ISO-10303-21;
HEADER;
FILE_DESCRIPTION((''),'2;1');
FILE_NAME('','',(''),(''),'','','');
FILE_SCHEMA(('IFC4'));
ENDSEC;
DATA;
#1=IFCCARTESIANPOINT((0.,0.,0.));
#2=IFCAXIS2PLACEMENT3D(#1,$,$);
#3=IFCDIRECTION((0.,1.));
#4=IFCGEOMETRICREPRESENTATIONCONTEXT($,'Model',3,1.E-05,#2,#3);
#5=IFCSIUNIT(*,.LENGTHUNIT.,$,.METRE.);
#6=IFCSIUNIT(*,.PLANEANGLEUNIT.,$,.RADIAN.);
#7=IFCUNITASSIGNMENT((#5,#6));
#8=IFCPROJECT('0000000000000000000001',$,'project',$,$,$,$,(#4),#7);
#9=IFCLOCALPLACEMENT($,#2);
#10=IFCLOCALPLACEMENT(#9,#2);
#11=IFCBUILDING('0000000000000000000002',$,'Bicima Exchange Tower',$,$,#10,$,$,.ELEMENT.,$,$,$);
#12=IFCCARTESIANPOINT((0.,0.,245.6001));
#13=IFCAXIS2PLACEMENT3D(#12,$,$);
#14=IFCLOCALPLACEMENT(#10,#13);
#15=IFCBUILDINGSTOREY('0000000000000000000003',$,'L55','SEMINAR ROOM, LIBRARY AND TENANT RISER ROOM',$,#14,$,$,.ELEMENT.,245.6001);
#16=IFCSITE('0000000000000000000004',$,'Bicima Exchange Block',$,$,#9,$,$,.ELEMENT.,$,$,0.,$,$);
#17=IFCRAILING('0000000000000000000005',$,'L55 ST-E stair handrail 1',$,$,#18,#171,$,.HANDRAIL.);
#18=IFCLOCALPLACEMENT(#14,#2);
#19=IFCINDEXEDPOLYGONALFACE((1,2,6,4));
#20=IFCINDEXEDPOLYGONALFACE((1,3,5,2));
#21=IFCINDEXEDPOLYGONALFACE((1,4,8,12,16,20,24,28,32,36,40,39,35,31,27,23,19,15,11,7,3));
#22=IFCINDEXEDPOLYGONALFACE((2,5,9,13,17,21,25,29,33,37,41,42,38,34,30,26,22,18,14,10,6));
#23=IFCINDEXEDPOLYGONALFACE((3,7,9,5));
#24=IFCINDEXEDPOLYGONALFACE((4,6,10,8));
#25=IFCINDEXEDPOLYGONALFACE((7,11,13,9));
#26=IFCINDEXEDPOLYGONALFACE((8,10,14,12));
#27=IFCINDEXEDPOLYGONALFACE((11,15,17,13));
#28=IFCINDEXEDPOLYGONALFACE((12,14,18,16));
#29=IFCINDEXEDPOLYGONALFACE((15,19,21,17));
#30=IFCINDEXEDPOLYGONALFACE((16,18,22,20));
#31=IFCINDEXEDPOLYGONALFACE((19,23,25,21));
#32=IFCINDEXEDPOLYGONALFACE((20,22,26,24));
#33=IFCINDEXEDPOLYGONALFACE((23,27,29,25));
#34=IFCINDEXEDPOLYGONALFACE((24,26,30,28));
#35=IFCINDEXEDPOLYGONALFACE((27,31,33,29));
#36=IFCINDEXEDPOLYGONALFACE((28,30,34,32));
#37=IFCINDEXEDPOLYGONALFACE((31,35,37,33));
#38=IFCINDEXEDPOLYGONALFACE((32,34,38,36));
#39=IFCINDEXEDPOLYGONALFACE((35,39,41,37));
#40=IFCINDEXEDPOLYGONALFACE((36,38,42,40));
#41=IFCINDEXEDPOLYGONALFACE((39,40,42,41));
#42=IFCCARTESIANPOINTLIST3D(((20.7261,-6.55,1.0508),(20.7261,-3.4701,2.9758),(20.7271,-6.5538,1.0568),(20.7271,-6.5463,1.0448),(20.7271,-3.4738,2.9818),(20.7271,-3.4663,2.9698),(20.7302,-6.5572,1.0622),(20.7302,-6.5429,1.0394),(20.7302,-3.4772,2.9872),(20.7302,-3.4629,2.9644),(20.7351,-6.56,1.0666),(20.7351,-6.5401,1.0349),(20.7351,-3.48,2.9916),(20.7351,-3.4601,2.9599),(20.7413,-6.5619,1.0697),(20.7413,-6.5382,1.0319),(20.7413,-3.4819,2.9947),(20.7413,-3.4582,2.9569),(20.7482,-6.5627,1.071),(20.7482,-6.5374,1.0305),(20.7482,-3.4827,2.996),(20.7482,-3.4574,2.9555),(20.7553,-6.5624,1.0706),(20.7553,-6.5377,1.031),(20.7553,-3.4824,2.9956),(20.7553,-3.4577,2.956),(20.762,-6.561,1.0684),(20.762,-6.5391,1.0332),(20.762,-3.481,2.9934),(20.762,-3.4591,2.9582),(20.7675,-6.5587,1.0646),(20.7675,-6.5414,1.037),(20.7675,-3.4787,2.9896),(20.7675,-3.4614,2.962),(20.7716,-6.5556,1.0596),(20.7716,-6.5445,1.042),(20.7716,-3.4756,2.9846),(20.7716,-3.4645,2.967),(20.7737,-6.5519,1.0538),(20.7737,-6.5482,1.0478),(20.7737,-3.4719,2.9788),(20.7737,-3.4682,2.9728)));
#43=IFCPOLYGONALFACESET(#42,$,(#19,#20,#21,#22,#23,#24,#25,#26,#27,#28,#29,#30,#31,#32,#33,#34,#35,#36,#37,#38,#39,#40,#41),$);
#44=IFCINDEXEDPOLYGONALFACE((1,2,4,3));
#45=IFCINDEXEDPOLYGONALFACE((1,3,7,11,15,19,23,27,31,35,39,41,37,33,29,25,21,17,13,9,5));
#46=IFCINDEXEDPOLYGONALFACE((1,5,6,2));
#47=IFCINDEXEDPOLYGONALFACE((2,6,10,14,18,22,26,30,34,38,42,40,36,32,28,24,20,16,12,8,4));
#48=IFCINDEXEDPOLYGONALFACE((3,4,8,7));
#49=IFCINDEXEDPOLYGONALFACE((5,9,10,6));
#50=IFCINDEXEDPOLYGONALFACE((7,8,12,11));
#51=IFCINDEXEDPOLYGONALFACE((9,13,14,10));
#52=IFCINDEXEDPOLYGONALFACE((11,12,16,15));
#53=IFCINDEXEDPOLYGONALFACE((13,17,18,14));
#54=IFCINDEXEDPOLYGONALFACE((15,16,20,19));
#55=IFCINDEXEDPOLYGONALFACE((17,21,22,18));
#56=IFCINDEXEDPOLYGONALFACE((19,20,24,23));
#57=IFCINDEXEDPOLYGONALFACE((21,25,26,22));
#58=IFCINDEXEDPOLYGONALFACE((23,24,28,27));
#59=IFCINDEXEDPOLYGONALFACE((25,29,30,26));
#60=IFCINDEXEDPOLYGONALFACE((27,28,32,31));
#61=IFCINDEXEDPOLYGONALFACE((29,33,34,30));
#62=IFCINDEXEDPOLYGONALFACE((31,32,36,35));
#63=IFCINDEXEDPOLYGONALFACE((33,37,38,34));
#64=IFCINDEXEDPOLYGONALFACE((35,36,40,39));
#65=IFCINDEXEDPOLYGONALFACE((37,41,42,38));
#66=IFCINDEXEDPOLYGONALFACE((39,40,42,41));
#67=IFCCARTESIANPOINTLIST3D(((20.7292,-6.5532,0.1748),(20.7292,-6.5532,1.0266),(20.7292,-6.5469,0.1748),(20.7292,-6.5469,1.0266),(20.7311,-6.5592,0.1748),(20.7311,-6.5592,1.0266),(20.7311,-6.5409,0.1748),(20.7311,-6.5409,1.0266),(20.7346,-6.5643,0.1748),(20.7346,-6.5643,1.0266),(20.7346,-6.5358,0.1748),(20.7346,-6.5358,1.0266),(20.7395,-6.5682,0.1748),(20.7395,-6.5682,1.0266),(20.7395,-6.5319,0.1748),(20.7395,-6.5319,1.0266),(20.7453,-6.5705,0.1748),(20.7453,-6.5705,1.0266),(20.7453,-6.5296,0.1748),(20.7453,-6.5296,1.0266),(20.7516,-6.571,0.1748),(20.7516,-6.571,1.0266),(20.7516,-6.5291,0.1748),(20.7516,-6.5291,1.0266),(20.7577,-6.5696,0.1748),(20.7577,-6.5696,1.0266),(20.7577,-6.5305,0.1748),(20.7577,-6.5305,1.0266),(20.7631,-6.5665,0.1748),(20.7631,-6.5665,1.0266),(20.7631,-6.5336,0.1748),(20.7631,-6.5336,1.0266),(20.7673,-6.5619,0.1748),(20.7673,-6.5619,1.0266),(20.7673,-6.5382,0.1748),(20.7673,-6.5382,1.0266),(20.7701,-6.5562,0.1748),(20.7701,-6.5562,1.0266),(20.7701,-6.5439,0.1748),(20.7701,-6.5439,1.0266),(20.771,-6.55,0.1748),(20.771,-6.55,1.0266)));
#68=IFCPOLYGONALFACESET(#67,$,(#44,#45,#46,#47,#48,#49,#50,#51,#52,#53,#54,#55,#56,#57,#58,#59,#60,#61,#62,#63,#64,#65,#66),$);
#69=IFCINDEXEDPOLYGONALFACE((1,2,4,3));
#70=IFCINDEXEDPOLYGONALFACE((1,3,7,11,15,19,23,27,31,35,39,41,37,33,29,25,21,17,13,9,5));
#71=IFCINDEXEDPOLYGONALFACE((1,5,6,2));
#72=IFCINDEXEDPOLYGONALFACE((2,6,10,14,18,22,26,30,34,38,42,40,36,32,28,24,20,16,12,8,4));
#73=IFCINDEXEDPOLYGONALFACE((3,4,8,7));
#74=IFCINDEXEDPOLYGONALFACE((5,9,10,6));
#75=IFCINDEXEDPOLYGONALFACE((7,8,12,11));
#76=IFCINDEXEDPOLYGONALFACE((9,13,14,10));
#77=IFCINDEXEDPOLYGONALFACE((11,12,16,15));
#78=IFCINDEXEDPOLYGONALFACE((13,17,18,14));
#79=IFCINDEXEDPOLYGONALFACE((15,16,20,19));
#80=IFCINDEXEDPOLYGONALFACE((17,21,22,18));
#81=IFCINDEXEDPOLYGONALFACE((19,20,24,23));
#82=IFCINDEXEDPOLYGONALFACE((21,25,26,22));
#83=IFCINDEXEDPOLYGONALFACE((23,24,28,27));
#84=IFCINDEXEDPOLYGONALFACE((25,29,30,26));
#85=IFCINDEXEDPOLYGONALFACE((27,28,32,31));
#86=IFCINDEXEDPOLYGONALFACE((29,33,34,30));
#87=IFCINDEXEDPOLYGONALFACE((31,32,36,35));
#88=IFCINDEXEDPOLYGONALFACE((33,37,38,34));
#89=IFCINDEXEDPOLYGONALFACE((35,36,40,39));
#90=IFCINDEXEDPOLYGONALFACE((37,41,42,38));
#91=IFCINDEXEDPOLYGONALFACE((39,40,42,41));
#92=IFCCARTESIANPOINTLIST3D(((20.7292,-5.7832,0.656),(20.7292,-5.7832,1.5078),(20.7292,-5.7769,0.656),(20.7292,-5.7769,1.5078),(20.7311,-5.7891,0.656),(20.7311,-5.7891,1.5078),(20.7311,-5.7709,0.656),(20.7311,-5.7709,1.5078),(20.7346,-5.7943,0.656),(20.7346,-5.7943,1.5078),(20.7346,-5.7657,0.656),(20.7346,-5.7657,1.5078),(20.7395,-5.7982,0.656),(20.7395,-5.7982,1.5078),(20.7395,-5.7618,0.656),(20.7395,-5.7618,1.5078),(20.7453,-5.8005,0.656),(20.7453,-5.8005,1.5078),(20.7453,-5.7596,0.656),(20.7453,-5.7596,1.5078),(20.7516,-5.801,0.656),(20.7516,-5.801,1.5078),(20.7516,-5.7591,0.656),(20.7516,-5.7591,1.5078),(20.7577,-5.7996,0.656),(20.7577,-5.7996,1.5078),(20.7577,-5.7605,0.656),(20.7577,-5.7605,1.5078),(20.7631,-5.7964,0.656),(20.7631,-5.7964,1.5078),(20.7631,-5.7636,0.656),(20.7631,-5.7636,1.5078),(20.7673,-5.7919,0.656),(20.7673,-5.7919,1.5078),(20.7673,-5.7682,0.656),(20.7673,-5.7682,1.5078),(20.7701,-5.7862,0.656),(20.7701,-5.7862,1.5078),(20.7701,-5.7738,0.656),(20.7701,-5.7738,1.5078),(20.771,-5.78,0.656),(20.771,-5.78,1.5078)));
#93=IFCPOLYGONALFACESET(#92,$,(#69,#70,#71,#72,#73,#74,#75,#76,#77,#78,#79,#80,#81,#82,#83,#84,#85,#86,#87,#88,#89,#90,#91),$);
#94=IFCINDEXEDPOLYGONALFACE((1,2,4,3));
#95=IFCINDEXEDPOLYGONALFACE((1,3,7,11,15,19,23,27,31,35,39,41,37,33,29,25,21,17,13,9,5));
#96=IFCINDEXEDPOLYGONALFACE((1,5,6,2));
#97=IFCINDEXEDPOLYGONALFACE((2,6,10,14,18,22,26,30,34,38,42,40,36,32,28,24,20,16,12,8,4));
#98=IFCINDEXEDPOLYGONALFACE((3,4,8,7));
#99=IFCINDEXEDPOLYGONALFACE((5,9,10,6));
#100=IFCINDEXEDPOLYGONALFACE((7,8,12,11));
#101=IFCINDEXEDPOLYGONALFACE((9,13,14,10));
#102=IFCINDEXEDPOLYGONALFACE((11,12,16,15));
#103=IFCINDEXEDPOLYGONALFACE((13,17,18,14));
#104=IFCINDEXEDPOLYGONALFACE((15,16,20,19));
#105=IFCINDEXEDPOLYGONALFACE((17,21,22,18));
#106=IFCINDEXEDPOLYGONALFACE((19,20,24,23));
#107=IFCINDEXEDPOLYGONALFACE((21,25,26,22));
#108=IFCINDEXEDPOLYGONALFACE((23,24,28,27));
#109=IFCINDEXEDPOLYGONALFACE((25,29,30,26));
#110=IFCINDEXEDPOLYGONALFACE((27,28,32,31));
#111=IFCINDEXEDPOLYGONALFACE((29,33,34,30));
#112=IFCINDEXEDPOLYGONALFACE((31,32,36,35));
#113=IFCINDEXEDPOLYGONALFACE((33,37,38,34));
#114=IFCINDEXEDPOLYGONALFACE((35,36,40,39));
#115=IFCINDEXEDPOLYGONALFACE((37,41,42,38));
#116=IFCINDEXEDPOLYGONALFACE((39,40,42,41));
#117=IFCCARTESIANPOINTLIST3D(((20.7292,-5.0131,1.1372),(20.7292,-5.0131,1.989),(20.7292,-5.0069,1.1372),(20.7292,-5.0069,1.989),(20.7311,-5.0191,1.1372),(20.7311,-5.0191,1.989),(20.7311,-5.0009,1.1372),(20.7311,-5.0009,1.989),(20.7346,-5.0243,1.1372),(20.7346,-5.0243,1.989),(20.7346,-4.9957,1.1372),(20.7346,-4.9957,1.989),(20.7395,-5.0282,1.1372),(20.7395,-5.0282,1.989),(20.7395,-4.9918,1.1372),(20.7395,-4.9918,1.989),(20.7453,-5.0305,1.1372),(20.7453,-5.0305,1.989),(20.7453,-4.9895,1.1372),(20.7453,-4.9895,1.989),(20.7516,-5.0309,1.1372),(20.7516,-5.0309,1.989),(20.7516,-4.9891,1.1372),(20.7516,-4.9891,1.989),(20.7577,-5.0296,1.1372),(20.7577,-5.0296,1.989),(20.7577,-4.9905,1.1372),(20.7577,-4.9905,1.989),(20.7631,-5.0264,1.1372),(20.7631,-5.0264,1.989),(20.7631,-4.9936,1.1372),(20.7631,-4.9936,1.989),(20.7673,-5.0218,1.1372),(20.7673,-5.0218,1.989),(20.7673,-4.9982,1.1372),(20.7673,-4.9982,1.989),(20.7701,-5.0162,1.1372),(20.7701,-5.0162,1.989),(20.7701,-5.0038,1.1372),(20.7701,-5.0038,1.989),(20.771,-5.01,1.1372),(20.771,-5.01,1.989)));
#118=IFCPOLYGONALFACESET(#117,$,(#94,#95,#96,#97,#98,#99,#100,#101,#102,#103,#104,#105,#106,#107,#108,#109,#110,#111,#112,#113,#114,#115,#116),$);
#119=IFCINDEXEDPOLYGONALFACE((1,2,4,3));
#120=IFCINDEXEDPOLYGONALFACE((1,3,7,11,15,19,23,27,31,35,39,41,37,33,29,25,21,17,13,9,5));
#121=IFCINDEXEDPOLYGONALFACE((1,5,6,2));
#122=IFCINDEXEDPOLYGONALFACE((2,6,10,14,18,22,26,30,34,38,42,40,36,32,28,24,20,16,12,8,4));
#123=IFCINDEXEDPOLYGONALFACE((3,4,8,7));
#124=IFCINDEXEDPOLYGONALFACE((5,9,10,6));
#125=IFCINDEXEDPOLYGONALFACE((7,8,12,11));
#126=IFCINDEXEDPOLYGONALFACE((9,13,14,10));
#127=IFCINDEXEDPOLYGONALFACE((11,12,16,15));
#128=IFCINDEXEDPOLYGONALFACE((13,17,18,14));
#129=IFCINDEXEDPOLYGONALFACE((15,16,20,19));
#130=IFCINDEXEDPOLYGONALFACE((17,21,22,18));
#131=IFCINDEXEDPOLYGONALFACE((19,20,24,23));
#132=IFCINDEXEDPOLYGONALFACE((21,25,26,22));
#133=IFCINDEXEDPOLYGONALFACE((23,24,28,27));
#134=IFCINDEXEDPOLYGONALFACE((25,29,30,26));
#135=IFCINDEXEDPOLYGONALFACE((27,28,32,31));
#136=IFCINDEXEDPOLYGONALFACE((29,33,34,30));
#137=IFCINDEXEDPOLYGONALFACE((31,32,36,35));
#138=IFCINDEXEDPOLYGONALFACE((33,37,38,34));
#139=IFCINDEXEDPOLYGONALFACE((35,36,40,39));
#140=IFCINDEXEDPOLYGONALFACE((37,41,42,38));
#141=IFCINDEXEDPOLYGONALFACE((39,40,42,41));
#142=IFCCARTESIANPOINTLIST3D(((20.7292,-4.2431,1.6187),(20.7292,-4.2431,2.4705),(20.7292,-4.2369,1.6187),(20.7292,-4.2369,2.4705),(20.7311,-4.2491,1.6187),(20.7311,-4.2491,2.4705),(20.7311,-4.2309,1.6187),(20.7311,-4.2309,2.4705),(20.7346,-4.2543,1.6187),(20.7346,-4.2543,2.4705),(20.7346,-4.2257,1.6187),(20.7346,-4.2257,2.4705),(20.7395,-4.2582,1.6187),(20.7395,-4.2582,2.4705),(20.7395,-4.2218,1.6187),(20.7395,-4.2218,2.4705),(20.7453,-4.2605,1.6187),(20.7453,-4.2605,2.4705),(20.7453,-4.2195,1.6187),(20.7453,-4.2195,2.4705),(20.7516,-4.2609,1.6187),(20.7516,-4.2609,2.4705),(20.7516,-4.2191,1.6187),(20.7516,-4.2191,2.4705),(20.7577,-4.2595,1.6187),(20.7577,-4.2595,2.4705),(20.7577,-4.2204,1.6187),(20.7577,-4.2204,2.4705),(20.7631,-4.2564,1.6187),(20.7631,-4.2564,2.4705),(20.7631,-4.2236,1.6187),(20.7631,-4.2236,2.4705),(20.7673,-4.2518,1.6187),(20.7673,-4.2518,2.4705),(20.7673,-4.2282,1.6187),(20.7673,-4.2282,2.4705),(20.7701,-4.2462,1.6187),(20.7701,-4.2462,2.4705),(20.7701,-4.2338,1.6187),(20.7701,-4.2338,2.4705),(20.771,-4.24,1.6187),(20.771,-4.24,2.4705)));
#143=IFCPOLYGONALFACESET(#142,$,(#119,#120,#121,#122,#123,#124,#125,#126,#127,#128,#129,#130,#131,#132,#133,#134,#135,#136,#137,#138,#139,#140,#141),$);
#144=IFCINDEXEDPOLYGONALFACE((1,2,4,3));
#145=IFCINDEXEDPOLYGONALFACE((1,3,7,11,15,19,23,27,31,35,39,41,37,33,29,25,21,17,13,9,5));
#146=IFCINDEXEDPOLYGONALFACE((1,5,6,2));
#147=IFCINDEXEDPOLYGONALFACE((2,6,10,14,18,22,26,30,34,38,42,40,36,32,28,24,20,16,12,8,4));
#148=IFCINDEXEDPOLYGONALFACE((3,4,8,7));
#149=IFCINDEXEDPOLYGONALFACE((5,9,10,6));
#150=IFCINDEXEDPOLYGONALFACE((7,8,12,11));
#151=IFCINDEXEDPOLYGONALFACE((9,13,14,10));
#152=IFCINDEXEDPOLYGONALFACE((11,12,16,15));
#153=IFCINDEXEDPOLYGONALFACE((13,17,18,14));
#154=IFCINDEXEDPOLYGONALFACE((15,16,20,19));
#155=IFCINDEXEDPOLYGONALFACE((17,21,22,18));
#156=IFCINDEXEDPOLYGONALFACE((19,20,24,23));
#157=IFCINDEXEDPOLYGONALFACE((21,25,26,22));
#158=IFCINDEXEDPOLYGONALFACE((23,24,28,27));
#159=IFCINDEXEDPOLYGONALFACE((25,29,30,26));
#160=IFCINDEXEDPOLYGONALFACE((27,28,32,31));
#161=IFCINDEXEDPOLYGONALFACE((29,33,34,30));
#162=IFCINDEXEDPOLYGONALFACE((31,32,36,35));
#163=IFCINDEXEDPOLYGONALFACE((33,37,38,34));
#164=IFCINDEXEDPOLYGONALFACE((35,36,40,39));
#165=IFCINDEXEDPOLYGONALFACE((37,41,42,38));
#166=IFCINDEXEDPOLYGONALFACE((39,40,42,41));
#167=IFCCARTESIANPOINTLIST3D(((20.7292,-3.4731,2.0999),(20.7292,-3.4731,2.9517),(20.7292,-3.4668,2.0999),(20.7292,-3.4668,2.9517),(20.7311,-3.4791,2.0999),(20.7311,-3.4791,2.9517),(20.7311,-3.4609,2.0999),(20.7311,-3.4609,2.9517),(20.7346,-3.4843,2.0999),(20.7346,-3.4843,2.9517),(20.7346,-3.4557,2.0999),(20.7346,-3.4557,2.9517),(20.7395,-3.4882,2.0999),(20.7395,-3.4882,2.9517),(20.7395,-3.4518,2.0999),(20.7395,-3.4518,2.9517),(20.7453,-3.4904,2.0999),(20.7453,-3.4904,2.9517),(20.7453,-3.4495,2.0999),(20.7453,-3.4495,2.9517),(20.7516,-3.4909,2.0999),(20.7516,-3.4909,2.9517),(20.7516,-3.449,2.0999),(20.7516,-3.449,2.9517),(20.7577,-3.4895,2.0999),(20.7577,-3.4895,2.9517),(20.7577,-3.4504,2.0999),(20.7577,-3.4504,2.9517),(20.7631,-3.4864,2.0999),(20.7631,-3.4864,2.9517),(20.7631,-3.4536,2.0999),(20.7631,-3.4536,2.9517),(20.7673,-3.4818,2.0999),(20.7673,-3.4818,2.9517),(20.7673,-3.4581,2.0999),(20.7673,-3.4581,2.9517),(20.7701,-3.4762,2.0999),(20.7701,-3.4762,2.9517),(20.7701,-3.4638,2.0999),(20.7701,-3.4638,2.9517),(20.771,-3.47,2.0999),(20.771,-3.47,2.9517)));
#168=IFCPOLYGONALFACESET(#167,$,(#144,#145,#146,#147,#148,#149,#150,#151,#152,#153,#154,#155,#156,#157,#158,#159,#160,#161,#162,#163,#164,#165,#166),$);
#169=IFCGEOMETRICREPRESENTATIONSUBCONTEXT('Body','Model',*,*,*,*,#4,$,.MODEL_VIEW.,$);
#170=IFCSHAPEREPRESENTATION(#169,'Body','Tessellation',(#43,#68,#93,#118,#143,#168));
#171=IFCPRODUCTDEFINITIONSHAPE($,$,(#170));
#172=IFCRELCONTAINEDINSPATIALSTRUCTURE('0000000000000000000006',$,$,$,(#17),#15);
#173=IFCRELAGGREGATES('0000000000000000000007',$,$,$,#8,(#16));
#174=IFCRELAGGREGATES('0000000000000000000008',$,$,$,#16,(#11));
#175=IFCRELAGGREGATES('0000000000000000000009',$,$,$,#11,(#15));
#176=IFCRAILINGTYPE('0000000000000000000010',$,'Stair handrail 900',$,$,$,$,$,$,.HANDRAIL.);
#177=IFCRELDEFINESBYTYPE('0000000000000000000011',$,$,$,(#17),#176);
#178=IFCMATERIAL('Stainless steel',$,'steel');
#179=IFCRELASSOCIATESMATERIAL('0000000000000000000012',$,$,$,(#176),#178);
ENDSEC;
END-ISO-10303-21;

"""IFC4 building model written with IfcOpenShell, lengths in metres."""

from ifc_helpers import new_model, si_unit, direction, frame, origin, origin_2d, place, context, subcontext, project, spatial, circle, extrude, material, type_object, element, save


model = new_model("IFC4")

# Units and contexts
model_context = context("Model", 3, precision=1e-05, world=origin(), true_north=direction((0.0, 1.0)))
body_context = subcontext(model_context, "Body", "Model", "MODEL_VIEW")
ifc_project = project(units=[si_unit("LENGTHUNIT", "METRE"), si_unit("PLANEANGLEUNIT", "RADIAN")], contexts=[model_context])

# Site, building, storey
site_placement = place(None, origin())
site = spatial("IfcSite", under=ifc_project, at=site_placement, Name="Bicima Exchange Block", CompositionType="ELEMENT", RefElevation=0.0)
building_placement = place(site_placement, origin())
building = spatial("IfcBuilding", under=site, at=building_placement, Name="Bicima Exchange Tower", CompositionType="ELEMENT")
storey_placement = place(building_placement, frame((0.0, 0.0, 245.6001)))
storey = spatial("IfcBuildingStorey", under=building, at=storey_placement, Name="L55", Description="SEMINAR ROOM, LIBRARY AND TENANT RISER ROOM", CompositionType="ELEMENT", Elevation=245.6001)

# Railing
ifc_material_1 = material(Name="Stainless steel", Category="steel")
railing_type_1 = type_object("IfcRailingType", Name="Stair handrail 900", PredefinedType="HANDRAIL", material=ifc_material_1)
railing_1_placement = place(storey_placement, frame((20.75, -6.55, 0.1748)))
element("IfcRailing", 1, at=railing_1_placement, inside=storey, type_object=railing_type_1, Name="L55 ST-E stair handrail 1", PredefinedType="HANDRAIL", context=body_context, shape_type="SweptSolid", body=[
    extrude(circle(Radius=0.0239, at=origin_2d()), frame((0.0, 0.0, 0.876), z_axis=(0.0, 0.847998, 0.529999), x_axis=(-1.0, 0.0, 0.0)), (0.0, 0.0, 1.0), 3.6321),
    extrude(circle(Radius=0.021, at=origin_2d()), origin(), (0.0, 0.0, 1.0), 0.8518),
    extrude(circle(Radius=0.021, at=origin_2d()), frame((0.0, 0.77, 0.4812)), (0.0, 0.0, 1.0), 0.8518),
    extrude(circle(Radius=0.021, at=origin_2d()), frame((0.0, 1.54, 0.9624)), (0.0, 0.0, 1.0), 0.8518),
    extrude(circle(Radius=0.021, at=origin_2d()), frame((0.0, 2.3101, 1.4438)), (0.0, 0.0, 1.0), 0.8518),
    extrude(circle(Radius=0.021, at=origin_2d()), frame((0.0, 3.0801, 1.925)), (0.0, 0.0, 1.0), 0.8518),
])

save(model, "model.ifc")
